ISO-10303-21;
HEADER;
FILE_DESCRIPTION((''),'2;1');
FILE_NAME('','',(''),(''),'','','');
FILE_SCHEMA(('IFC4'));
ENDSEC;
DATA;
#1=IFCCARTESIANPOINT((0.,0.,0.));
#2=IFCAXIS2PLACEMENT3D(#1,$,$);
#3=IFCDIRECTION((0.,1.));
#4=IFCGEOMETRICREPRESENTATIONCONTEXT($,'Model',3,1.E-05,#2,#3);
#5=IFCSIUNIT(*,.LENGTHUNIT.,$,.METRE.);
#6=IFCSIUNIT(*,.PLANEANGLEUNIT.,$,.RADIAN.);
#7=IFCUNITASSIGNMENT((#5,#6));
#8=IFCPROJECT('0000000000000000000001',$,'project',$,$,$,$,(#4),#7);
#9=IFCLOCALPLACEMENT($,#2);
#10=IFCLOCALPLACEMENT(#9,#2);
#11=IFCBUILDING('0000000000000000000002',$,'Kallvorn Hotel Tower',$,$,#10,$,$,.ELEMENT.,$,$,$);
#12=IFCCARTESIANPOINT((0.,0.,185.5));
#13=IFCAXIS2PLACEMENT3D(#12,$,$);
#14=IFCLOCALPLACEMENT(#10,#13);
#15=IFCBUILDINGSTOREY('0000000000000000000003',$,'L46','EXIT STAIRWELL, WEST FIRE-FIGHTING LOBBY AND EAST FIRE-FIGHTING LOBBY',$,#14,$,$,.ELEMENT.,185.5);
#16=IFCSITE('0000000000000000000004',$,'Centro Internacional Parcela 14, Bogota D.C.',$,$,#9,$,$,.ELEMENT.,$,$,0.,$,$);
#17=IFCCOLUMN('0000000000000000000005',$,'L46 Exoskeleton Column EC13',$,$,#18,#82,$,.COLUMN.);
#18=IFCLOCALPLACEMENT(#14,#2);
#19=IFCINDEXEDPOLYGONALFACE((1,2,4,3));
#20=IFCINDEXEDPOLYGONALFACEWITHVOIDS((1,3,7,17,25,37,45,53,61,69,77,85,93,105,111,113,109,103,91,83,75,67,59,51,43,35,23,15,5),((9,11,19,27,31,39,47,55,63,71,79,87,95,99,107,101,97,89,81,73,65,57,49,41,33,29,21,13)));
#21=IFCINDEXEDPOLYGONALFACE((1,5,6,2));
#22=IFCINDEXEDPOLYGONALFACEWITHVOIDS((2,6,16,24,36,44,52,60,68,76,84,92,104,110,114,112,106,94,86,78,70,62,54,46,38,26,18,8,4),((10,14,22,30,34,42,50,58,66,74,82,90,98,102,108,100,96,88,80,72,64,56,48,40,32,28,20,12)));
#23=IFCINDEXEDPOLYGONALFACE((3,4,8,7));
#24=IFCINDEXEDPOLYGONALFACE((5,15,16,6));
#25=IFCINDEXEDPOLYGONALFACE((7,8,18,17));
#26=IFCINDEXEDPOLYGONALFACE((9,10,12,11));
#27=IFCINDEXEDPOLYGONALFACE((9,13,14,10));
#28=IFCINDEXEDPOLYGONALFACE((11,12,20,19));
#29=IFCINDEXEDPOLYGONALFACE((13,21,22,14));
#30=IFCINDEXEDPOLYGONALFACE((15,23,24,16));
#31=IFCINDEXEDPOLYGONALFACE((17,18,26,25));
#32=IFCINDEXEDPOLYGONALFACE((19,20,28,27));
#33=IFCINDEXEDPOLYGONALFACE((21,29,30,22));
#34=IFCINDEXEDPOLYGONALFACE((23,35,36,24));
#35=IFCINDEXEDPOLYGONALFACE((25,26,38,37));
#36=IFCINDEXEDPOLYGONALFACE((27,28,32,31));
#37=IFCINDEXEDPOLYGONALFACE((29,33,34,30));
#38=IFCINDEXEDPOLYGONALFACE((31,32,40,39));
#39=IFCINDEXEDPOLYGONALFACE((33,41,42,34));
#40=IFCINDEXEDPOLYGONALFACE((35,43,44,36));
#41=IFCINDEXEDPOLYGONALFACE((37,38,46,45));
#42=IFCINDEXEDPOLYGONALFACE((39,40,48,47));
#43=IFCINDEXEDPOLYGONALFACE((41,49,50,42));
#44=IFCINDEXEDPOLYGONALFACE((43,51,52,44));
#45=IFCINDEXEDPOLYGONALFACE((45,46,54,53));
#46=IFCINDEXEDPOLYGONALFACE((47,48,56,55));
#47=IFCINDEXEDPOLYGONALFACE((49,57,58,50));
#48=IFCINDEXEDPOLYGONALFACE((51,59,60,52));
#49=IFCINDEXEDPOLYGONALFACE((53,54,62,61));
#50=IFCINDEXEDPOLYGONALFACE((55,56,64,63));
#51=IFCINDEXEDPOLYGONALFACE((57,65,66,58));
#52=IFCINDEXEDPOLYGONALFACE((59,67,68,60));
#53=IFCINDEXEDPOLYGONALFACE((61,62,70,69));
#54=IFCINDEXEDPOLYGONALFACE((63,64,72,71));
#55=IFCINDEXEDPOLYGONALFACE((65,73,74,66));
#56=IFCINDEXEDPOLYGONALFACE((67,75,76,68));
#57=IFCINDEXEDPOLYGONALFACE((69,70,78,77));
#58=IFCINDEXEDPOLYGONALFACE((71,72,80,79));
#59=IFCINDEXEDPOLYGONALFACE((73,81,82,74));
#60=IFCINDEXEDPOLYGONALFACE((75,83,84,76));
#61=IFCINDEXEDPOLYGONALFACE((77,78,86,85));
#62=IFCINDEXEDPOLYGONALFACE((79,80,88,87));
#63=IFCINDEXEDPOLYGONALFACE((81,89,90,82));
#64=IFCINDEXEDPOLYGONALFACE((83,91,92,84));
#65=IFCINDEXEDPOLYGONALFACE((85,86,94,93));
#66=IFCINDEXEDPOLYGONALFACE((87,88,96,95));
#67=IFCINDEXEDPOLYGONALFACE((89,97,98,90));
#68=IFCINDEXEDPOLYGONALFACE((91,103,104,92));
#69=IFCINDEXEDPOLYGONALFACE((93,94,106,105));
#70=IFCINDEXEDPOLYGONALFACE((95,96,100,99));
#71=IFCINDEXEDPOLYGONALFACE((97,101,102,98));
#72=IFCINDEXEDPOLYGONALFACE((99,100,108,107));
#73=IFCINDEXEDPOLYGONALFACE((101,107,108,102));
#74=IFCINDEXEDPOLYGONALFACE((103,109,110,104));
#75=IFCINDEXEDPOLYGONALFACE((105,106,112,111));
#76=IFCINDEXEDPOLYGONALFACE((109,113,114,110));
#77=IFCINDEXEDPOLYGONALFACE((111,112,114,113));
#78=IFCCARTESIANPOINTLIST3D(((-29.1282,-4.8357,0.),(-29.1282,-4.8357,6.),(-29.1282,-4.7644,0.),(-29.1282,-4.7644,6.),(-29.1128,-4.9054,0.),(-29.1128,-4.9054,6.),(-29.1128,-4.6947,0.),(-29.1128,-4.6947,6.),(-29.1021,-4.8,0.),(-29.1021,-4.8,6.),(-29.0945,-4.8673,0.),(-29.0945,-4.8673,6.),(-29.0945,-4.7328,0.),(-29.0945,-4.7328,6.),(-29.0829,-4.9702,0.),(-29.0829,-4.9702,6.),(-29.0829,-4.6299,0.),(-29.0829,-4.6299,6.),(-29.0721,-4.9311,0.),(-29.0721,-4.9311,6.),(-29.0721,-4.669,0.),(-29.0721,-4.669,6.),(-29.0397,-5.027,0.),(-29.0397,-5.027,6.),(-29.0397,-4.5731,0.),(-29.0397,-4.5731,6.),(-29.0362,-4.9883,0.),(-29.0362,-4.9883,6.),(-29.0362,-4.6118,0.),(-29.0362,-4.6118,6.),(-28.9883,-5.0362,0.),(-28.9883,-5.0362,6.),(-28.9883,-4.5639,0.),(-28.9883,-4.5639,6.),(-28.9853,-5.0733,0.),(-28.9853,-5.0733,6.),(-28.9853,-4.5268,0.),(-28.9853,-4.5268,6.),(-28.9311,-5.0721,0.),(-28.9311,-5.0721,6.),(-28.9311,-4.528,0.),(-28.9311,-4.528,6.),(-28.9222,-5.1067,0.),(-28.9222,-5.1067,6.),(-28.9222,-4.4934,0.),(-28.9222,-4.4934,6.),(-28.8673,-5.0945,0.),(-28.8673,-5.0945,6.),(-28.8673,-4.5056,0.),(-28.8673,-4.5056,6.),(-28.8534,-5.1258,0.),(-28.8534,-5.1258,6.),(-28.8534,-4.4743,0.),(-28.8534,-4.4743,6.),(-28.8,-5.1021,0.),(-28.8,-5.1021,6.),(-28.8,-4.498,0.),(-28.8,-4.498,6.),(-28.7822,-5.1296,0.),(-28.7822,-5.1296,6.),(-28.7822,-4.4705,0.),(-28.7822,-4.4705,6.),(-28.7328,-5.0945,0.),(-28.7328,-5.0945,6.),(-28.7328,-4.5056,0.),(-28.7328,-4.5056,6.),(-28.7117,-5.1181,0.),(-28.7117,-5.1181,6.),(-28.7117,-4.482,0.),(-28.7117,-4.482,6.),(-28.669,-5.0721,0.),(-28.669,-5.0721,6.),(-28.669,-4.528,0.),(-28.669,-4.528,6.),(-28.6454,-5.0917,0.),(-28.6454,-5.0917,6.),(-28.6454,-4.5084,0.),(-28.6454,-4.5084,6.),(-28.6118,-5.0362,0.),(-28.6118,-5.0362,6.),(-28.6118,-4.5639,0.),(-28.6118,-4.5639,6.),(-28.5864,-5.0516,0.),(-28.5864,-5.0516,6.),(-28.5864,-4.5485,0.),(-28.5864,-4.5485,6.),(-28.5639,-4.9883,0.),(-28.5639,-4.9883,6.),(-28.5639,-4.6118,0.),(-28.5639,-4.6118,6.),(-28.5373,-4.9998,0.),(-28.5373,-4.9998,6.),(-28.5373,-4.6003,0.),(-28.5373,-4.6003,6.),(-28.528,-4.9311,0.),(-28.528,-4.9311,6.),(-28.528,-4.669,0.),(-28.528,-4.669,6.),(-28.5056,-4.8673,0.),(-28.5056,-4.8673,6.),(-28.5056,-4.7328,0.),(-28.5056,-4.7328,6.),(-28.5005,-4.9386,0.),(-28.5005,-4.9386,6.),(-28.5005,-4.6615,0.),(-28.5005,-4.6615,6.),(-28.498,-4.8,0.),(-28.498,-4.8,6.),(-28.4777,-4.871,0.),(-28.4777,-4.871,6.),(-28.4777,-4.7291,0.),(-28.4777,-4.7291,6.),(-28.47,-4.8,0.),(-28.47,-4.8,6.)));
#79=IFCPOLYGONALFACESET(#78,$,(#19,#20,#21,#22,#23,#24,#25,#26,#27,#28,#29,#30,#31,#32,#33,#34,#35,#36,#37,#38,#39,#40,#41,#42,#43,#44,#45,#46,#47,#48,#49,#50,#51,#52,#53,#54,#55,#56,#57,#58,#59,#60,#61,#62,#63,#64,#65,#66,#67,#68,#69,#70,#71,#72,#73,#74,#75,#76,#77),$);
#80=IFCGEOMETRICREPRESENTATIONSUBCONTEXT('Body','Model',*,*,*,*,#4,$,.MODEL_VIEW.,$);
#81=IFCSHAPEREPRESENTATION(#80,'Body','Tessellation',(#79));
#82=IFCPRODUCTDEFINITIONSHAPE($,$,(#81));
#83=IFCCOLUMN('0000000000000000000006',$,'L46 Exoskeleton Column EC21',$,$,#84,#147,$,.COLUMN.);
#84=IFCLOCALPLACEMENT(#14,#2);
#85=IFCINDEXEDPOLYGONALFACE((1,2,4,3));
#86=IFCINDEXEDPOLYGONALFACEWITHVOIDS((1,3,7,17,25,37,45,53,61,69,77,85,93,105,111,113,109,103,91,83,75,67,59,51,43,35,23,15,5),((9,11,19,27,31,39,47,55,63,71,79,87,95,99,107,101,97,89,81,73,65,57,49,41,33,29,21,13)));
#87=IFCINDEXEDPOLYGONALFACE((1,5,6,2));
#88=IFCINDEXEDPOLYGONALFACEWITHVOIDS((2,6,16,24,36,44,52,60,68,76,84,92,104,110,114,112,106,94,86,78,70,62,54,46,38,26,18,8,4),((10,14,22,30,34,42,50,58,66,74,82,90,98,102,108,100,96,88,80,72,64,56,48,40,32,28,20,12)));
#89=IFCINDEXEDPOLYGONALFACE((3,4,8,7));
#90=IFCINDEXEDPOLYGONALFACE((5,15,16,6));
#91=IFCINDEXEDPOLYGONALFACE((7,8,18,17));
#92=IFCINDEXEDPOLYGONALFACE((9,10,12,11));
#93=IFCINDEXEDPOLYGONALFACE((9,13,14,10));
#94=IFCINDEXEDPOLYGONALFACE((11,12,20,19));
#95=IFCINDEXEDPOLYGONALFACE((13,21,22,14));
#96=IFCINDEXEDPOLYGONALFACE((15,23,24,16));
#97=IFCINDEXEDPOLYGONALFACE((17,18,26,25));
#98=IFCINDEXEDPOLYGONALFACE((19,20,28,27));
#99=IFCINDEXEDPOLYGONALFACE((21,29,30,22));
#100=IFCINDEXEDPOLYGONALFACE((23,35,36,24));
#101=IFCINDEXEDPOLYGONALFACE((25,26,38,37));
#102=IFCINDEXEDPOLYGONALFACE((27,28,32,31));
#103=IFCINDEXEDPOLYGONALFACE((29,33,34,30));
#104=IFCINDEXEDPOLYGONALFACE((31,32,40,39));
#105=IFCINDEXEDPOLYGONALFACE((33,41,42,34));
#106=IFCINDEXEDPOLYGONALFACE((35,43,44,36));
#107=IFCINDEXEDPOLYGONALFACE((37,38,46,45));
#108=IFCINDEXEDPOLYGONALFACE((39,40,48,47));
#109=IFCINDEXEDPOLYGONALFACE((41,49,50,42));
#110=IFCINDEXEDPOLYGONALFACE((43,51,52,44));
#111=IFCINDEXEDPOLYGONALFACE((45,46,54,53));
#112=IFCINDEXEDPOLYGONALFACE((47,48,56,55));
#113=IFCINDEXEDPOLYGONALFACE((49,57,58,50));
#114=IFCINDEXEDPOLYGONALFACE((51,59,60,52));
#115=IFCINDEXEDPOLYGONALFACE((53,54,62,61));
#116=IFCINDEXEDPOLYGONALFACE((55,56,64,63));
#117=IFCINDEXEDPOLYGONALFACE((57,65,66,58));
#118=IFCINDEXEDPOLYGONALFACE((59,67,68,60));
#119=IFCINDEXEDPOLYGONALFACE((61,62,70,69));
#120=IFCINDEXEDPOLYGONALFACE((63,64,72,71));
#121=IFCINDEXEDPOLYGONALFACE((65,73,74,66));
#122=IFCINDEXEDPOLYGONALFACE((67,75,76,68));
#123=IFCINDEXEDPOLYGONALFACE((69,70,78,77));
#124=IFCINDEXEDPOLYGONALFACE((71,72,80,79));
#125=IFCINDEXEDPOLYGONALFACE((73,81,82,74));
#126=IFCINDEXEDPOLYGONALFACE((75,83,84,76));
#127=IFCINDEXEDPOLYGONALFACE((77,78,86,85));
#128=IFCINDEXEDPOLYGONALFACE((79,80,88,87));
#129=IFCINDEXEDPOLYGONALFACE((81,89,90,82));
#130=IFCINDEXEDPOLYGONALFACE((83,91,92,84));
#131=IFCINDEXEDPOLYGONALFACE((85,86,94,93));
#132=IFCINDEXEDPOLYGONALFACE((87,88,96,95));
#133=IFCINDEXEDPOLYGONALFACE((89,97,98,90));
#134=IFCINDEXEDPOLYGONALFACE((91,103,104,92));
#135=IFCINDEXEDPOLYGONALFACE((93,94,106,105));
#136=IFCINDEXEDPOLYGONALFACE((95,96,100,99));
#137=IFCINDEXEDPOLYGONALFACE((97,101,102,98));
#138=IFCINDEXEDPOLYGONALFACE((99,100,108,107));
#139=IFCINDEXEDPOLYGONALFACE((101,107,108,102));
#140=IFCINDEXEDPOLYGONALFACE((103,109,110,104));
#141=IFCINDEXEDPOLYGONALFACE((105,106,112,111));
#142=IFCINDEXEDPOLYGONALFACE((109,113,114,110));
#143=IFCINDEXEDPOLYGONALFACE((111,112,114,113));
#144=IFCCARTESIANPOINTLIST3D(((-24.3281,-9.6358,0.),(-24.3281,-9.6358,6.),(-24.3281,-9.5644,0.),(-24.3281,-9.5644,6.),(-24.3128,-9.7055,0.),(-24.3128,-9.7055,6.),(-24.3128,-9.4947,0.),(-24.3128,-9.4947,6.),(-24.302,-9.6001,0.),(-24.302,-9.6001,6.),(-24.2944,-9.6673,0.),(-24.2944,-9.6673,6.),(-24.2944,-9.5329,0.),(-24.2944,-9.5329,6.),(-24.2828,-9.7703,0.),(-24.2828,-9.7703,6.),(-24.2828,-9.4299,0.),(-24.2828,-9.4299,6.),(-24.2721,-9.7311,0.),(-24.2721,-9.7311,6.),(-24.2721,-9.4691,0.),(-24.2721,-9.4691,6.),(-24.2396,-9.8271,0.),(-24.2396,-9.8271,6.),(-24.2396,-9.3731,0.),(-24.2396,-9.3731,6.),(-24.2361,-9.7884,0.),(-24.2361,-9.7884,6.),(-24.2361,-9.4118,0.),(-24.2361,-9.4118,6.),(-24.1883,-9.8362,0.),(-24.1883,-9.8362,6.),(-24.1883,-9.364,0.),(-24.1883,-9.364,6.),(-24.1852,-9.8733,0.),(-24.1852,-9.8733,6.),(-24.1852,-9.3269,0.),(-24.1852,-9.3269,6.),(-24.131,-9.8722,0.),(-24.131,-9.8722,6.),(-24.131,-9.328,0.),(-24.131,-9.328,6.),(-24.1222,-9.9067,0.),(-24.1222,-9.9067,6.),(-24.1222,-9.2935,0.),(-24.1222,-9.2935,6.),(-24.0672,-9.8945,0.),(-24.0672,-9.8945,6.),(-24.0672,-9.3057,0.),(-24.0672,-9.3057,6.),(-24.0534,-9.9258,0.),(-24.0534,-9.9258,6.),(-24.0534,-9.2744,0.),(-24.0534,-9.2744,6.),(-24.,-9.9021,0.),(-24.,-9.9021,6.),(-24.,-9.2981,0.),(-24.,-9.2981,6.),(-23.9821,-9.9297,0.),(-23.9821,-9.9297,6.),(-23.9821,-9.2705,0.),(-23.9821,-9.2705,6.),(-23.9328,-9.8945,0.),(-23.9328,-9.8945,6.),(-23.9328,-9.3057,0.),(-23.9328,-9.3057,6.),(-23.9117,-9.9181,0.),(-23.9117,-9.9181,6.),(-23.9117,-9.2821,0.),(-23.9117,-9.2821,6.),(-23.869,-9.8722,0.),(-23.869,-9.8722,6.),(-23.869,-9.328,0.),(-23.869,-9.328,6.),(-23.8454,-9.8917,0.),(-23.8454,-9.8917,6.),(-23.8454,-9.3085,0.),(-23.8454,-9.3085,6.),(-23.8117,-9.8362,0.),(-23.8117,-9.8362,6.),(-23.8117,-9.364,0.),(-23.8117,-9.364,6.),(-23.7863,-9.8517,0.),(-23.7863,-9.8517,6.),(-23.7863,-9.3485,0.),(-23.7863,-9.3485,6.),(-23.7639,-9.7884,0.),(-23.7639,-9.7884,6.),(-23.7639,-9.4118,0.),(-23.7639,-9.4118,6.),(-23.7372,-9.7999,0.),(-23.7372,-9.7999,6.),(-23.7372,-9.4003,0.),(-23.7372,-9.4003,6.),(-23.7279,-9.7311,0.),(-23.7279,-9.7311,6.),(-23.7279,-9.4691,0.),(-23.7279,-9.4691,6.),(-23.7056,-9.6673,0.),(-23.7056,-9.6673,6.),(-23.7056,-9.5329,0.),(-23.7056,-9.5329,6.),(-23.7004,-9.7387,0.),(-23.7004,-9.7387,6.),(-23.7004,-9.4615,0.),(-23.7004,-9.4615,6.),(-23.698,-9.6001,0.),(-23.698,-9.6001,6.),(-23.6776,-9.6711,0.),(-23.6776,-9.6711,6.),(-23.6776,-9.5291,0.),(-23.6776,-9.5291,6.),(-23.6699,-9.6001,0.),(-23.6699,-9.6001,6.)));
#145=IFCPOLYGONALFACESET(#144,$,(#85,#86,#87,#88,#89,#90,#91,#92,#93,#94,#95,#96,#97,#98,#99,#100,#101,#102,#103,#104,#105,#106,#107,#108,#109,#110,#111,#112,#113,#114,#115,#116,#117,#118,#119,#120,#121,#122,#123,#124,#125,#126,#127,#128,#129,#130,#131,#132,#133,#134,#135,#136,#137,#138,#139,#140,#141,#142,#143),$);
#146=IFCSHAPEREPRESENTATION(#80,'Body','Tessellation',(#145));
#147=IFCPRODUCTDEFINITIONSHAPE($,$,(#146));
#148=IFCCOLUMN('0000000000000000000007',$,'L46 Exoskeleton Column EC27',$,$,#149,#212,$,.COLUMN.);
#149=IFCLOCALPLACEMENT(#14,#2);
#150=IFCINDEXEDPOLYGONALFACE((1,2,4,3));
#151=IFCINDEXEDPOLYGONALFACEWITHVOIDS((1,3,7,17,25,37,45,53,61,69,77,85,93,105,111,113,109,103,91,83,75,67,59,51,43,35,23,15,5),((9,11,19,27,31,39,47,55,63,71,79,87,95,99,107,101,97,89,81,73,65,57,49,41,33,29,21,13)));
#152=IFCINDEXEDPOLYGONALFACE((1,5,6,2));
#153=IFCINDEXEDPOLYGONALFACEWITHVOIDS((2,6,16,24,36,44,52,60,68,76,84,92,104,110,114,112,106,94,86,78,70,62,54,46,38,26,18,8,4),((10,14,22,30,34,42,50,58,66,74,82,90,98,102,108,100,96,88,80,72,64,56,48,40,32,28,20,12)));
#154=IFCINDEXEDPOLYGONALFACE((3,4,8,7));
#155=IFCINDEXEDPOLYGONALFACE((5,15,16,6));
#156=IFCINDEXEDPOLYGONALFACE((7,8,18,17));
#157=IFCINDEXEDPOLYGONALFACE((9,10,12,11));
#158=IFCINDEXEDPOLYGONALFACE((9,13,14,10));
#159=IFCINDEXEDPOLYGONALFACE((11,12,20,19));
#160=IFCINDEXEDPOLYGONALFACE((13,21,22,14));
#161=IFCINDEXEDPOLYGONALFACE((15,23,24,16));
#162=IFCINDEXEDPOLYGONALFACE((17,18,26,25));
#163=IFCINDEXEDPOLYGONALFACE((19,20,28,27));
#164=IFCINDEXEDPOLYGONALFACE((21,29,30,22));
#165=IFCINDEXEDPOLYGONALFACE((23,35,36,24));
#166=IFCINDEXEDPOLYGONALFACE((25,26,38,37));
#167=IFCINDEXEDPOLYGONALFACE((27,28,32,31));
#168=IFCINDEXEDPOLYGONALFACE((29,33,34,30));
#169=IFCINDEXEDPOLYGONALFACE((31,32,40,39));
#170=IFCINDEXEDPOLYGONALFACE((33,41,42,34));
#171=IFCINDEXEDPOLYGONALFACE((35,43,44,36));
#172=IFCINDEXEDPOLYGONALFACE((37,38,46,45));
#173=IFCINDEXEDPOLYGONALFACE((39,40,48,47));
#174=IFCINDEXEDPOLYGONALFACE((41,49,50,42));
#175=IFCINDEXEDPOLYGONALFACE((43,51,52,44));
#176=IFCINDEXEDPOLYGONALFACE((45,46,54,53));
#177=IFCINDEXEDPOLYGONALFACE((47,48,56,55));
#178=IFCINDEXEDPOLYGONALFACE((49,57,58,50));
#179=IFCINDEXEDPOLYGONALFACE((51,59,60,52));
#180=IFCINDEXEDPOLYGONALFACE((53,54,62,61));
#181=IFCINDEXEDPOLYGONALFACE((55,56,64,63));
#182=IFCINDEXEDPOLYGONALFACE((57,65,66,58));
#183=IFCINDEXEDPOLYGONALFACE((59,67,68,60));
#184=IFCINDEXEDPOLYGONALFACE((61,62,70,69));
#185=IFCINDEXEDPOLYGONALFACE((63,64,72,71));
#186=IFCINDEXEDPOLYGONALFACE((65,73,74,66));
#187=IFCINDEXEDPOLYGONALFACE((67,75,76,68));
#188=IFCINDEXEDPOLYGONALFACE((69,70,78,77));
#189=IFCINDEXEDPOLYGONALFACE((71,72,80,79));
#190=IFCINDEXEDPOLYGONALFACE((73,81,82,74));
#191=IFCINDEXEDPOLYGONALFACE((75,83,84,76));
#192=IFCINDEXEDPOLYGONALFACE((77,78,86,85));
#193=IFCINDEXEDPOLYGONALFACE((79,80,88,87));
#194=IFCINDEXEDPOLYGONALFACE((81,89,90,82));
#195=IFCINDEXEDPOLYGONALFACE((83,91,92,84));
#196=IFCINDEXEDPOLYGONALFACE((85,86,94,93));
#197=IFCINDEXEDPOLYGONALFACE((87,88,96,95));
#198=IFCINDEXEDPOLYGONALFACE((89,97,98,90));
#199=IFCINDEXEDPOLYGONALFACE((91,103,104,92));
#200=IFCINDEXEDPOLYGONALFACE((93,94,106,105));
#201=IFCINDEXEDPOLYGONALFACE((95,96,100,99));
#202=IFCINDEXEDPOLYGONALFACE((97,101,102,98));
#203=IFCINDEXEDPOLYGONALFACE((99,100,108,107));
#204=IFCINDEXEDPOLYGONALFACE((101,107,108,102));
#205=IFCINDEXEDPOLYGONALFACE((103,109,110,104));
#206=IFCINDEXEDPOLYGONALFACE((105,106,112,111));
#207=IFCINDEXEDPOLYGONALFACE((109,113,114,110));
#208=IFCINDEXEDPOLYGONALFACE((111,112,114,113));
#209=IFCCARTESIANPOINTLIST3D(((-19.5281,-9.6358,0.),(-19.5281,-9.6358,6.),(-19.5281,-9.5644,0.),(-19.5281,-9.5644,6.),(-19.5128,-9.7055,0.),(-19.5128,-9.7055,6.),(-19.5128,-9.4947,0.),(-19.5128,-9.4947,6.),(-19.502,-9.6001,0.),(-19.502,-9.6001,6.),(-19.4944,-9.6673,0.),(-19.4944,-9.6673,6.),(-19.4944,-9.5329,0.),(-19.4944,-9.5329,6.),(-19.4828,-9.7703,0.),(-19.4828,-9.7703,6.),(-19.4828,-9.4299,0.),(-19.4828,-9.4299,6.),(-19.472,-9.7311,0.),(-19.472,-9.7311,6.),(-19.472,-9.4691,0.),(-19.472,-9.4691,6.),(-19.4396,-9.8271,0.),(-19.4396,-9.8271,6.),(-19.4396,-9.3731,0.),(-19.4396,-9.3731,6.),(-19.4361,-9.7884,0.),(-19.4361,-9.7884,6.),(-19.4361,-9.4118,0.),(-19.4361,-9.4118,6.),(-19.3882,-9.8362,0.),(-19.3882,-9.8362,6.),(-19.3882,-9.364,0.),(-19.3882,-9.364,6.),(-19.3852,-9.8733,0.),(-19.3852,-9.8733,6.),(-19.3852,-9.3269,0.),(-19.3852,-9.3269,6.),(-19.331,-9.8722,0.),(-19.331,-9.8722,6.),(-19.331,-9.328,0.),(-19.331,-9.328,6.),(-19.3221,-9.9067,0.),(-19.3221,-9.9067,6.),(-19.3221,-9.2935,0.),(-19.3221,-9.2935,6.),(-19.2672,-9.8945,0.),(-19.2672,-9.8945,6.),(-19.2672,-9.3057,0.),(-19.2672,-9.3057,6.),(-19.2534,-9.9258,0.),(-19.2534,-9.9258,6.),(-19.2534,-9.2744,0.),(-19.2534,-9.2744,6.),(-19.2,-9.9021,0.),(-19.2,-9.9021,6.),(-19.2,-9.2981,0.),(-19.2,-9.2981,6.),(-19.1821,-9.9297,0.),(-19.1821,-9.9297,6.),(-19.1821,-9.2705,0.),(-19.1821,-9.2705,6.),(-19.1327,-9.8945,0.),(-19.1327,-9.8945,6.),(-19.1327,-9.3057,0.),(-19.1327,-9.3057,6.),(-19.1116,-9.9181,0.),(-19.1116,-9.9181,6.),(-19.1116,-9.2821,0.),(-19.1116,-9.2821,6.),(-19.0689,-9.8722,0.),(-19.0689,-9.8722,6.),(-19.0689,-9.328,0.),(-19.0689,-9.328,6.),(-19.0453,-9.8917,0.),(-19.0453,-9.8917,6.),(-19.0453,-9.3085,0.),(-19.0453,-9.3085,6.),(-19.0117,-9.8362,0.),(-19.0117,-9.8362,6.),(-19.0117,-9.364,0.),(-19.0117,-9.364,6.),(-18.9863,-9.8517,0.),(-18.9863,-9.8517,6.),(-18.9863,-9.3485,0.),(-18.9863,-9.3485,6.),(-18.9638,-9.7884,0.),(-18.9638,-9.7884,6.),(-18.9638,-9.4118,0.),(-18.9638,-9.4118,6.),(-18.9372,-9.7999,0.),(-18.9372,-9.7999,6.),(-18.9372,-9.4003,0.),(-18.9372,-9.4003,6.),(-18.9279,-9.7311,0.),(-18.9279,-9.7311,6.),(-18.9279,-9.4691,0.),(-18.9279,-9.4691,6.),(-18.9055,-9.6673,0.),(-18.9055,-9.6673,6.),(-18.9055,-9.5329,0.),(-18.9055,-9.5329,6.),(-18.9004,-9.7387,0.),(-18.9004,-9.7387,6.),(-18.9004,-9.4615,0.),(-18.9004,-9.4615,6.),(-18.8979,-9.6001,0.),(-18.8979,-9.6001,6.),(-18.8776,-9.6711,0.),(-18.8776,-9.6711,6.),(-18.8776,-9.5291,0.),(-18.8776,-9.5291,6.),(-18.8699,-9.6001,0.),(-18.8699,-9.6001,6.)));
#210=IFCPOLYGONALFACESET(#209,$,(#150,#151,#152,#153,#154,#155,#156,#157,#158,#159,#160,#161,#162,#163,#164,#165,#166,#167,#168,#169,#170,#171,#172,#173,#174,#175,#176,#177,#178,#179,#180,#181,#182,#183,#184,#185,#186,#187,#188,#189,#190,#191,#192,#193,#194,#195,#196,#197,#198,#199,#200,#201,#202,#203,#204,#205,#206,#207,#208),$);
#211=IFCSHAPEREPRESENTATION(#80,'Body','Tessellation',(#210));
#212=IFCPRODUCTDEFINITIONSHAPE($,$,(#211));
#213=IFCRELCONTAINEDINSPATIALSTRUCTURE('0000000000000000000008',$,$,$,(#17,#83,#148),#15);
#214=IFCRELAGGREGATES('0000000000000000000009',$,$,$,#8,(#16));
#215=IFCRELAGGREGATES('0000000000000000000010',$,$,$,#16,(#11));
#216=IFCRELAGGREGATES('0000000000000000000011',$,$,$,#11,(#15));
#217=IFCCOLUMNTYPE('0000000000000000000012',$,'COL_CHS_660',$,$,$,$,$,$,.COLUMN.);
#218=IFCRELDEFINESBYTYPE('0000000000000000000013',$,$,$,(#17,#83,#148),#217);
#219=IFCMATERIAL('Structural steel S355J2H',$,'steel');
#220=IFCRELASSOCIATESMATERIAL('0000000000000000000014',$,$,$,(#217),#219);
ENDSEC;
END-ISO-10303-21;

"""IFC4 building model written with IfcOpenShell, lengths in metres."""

from ifc_helpers import new_model, si_unit, direction, frame, origin, origin_2d, place, context, subcontext, project, spatial, hollow_circle, extrude, material, material_profile, profile_set, type_object, element, save


model = new_model("IFC4")

# Units and contexts
model_context = context("Model", 3, precision=1e-05, world=origin(), true_north=direction((0.0, 1.0)))
body_context = subcontext(model_context, "Body", "Model", "MODEL_VIEW")
ifc_project = project(units=[si_unit("LENGTHUNIT", "METRE"), si_unit("PLANEANGLEUNIT", "RADIAN")], contexts=[model_context])

# Site, building, storey
site_placement = place(None, origin())
site = spatial("IfcSite", under=ifc_project, at=site_placement, Name="Centro Internacional Parcela 14, Bogota D.C.", CompositionType="ELEMENT", RefElevation=0.0)
building_placement = place(site_placement, origin())
building = spatial("IfcBuilding", under=site, at=building_placement, Name="Kallvorn Hotel Tower", CompositionType="ELEMENT")
storey_placement = place(building_placement, frame((0.0, 0.0, 185.5)))
storey = spatial("IfcBuildingStorey", under=building, at=storey_placement, Name="L46", Description="EXIT STAIRWELL, WEST FIRE-FIGHTING LOBBY AND EAST FIRE-FIGHTING LOBBY", CompositionType="ELEMENT", Elevation=185.5)

# Columns
ifc_material_1 = material(Name="Structural steel S355J2H", Category="steel")
ifc_material_profile_1 = material_profile(ifc_material_1, hollow_circle(Radius=0.3301, WallThickness=0.0281, at=origin_2d()), Name="CHS 660x28")
ifc_profile_set_1 = profile_set([ifc_material_profile_1], Name="Structural steel S355J2H")
column_type_1 = type_object("IfcColumnType", Name="COL_CHS_660", PredefinedType="COLUMN", material=ifc_profile_set_1)
for number, where, z_axis, x_axis, name in (
    (1, (-28.8, -4.8, 0.0), (0.0, 0.0, 1.0), (1.0, 0.0, 0.0), "L46 Exoskeleton Column EC13"),
    (2, (-24.0, -9.6001, 0.0), (0.0, 0.0, 1.0), (1.0, 0.0, 0.0), "L46 Exoskeleton Column EC21"),
    (3, (-19.2, -9.6001, 0.0), (0.0, 0.0, 1.0), (1.0, 0.0, 0.0), "L46 Exoskeleton Column EC27"),
):
    element("IfcColumn", number, at=place(storey_placement, frame(where, z_axis=z_axis, x_axis=x_axis)), inside=storey, type_object=column_type_1, Name=name, PredefinedType="COLUMN", context=body_context, shape_type="SweptSolid", body=[
        extrude(hollow_circle(Radius=0.3301, WallThickness=0.0281, at=origin_2d()), origin(), (0.0, 0.0, 1.0), 6.0),
    ])

save(model, "model.ifc")
